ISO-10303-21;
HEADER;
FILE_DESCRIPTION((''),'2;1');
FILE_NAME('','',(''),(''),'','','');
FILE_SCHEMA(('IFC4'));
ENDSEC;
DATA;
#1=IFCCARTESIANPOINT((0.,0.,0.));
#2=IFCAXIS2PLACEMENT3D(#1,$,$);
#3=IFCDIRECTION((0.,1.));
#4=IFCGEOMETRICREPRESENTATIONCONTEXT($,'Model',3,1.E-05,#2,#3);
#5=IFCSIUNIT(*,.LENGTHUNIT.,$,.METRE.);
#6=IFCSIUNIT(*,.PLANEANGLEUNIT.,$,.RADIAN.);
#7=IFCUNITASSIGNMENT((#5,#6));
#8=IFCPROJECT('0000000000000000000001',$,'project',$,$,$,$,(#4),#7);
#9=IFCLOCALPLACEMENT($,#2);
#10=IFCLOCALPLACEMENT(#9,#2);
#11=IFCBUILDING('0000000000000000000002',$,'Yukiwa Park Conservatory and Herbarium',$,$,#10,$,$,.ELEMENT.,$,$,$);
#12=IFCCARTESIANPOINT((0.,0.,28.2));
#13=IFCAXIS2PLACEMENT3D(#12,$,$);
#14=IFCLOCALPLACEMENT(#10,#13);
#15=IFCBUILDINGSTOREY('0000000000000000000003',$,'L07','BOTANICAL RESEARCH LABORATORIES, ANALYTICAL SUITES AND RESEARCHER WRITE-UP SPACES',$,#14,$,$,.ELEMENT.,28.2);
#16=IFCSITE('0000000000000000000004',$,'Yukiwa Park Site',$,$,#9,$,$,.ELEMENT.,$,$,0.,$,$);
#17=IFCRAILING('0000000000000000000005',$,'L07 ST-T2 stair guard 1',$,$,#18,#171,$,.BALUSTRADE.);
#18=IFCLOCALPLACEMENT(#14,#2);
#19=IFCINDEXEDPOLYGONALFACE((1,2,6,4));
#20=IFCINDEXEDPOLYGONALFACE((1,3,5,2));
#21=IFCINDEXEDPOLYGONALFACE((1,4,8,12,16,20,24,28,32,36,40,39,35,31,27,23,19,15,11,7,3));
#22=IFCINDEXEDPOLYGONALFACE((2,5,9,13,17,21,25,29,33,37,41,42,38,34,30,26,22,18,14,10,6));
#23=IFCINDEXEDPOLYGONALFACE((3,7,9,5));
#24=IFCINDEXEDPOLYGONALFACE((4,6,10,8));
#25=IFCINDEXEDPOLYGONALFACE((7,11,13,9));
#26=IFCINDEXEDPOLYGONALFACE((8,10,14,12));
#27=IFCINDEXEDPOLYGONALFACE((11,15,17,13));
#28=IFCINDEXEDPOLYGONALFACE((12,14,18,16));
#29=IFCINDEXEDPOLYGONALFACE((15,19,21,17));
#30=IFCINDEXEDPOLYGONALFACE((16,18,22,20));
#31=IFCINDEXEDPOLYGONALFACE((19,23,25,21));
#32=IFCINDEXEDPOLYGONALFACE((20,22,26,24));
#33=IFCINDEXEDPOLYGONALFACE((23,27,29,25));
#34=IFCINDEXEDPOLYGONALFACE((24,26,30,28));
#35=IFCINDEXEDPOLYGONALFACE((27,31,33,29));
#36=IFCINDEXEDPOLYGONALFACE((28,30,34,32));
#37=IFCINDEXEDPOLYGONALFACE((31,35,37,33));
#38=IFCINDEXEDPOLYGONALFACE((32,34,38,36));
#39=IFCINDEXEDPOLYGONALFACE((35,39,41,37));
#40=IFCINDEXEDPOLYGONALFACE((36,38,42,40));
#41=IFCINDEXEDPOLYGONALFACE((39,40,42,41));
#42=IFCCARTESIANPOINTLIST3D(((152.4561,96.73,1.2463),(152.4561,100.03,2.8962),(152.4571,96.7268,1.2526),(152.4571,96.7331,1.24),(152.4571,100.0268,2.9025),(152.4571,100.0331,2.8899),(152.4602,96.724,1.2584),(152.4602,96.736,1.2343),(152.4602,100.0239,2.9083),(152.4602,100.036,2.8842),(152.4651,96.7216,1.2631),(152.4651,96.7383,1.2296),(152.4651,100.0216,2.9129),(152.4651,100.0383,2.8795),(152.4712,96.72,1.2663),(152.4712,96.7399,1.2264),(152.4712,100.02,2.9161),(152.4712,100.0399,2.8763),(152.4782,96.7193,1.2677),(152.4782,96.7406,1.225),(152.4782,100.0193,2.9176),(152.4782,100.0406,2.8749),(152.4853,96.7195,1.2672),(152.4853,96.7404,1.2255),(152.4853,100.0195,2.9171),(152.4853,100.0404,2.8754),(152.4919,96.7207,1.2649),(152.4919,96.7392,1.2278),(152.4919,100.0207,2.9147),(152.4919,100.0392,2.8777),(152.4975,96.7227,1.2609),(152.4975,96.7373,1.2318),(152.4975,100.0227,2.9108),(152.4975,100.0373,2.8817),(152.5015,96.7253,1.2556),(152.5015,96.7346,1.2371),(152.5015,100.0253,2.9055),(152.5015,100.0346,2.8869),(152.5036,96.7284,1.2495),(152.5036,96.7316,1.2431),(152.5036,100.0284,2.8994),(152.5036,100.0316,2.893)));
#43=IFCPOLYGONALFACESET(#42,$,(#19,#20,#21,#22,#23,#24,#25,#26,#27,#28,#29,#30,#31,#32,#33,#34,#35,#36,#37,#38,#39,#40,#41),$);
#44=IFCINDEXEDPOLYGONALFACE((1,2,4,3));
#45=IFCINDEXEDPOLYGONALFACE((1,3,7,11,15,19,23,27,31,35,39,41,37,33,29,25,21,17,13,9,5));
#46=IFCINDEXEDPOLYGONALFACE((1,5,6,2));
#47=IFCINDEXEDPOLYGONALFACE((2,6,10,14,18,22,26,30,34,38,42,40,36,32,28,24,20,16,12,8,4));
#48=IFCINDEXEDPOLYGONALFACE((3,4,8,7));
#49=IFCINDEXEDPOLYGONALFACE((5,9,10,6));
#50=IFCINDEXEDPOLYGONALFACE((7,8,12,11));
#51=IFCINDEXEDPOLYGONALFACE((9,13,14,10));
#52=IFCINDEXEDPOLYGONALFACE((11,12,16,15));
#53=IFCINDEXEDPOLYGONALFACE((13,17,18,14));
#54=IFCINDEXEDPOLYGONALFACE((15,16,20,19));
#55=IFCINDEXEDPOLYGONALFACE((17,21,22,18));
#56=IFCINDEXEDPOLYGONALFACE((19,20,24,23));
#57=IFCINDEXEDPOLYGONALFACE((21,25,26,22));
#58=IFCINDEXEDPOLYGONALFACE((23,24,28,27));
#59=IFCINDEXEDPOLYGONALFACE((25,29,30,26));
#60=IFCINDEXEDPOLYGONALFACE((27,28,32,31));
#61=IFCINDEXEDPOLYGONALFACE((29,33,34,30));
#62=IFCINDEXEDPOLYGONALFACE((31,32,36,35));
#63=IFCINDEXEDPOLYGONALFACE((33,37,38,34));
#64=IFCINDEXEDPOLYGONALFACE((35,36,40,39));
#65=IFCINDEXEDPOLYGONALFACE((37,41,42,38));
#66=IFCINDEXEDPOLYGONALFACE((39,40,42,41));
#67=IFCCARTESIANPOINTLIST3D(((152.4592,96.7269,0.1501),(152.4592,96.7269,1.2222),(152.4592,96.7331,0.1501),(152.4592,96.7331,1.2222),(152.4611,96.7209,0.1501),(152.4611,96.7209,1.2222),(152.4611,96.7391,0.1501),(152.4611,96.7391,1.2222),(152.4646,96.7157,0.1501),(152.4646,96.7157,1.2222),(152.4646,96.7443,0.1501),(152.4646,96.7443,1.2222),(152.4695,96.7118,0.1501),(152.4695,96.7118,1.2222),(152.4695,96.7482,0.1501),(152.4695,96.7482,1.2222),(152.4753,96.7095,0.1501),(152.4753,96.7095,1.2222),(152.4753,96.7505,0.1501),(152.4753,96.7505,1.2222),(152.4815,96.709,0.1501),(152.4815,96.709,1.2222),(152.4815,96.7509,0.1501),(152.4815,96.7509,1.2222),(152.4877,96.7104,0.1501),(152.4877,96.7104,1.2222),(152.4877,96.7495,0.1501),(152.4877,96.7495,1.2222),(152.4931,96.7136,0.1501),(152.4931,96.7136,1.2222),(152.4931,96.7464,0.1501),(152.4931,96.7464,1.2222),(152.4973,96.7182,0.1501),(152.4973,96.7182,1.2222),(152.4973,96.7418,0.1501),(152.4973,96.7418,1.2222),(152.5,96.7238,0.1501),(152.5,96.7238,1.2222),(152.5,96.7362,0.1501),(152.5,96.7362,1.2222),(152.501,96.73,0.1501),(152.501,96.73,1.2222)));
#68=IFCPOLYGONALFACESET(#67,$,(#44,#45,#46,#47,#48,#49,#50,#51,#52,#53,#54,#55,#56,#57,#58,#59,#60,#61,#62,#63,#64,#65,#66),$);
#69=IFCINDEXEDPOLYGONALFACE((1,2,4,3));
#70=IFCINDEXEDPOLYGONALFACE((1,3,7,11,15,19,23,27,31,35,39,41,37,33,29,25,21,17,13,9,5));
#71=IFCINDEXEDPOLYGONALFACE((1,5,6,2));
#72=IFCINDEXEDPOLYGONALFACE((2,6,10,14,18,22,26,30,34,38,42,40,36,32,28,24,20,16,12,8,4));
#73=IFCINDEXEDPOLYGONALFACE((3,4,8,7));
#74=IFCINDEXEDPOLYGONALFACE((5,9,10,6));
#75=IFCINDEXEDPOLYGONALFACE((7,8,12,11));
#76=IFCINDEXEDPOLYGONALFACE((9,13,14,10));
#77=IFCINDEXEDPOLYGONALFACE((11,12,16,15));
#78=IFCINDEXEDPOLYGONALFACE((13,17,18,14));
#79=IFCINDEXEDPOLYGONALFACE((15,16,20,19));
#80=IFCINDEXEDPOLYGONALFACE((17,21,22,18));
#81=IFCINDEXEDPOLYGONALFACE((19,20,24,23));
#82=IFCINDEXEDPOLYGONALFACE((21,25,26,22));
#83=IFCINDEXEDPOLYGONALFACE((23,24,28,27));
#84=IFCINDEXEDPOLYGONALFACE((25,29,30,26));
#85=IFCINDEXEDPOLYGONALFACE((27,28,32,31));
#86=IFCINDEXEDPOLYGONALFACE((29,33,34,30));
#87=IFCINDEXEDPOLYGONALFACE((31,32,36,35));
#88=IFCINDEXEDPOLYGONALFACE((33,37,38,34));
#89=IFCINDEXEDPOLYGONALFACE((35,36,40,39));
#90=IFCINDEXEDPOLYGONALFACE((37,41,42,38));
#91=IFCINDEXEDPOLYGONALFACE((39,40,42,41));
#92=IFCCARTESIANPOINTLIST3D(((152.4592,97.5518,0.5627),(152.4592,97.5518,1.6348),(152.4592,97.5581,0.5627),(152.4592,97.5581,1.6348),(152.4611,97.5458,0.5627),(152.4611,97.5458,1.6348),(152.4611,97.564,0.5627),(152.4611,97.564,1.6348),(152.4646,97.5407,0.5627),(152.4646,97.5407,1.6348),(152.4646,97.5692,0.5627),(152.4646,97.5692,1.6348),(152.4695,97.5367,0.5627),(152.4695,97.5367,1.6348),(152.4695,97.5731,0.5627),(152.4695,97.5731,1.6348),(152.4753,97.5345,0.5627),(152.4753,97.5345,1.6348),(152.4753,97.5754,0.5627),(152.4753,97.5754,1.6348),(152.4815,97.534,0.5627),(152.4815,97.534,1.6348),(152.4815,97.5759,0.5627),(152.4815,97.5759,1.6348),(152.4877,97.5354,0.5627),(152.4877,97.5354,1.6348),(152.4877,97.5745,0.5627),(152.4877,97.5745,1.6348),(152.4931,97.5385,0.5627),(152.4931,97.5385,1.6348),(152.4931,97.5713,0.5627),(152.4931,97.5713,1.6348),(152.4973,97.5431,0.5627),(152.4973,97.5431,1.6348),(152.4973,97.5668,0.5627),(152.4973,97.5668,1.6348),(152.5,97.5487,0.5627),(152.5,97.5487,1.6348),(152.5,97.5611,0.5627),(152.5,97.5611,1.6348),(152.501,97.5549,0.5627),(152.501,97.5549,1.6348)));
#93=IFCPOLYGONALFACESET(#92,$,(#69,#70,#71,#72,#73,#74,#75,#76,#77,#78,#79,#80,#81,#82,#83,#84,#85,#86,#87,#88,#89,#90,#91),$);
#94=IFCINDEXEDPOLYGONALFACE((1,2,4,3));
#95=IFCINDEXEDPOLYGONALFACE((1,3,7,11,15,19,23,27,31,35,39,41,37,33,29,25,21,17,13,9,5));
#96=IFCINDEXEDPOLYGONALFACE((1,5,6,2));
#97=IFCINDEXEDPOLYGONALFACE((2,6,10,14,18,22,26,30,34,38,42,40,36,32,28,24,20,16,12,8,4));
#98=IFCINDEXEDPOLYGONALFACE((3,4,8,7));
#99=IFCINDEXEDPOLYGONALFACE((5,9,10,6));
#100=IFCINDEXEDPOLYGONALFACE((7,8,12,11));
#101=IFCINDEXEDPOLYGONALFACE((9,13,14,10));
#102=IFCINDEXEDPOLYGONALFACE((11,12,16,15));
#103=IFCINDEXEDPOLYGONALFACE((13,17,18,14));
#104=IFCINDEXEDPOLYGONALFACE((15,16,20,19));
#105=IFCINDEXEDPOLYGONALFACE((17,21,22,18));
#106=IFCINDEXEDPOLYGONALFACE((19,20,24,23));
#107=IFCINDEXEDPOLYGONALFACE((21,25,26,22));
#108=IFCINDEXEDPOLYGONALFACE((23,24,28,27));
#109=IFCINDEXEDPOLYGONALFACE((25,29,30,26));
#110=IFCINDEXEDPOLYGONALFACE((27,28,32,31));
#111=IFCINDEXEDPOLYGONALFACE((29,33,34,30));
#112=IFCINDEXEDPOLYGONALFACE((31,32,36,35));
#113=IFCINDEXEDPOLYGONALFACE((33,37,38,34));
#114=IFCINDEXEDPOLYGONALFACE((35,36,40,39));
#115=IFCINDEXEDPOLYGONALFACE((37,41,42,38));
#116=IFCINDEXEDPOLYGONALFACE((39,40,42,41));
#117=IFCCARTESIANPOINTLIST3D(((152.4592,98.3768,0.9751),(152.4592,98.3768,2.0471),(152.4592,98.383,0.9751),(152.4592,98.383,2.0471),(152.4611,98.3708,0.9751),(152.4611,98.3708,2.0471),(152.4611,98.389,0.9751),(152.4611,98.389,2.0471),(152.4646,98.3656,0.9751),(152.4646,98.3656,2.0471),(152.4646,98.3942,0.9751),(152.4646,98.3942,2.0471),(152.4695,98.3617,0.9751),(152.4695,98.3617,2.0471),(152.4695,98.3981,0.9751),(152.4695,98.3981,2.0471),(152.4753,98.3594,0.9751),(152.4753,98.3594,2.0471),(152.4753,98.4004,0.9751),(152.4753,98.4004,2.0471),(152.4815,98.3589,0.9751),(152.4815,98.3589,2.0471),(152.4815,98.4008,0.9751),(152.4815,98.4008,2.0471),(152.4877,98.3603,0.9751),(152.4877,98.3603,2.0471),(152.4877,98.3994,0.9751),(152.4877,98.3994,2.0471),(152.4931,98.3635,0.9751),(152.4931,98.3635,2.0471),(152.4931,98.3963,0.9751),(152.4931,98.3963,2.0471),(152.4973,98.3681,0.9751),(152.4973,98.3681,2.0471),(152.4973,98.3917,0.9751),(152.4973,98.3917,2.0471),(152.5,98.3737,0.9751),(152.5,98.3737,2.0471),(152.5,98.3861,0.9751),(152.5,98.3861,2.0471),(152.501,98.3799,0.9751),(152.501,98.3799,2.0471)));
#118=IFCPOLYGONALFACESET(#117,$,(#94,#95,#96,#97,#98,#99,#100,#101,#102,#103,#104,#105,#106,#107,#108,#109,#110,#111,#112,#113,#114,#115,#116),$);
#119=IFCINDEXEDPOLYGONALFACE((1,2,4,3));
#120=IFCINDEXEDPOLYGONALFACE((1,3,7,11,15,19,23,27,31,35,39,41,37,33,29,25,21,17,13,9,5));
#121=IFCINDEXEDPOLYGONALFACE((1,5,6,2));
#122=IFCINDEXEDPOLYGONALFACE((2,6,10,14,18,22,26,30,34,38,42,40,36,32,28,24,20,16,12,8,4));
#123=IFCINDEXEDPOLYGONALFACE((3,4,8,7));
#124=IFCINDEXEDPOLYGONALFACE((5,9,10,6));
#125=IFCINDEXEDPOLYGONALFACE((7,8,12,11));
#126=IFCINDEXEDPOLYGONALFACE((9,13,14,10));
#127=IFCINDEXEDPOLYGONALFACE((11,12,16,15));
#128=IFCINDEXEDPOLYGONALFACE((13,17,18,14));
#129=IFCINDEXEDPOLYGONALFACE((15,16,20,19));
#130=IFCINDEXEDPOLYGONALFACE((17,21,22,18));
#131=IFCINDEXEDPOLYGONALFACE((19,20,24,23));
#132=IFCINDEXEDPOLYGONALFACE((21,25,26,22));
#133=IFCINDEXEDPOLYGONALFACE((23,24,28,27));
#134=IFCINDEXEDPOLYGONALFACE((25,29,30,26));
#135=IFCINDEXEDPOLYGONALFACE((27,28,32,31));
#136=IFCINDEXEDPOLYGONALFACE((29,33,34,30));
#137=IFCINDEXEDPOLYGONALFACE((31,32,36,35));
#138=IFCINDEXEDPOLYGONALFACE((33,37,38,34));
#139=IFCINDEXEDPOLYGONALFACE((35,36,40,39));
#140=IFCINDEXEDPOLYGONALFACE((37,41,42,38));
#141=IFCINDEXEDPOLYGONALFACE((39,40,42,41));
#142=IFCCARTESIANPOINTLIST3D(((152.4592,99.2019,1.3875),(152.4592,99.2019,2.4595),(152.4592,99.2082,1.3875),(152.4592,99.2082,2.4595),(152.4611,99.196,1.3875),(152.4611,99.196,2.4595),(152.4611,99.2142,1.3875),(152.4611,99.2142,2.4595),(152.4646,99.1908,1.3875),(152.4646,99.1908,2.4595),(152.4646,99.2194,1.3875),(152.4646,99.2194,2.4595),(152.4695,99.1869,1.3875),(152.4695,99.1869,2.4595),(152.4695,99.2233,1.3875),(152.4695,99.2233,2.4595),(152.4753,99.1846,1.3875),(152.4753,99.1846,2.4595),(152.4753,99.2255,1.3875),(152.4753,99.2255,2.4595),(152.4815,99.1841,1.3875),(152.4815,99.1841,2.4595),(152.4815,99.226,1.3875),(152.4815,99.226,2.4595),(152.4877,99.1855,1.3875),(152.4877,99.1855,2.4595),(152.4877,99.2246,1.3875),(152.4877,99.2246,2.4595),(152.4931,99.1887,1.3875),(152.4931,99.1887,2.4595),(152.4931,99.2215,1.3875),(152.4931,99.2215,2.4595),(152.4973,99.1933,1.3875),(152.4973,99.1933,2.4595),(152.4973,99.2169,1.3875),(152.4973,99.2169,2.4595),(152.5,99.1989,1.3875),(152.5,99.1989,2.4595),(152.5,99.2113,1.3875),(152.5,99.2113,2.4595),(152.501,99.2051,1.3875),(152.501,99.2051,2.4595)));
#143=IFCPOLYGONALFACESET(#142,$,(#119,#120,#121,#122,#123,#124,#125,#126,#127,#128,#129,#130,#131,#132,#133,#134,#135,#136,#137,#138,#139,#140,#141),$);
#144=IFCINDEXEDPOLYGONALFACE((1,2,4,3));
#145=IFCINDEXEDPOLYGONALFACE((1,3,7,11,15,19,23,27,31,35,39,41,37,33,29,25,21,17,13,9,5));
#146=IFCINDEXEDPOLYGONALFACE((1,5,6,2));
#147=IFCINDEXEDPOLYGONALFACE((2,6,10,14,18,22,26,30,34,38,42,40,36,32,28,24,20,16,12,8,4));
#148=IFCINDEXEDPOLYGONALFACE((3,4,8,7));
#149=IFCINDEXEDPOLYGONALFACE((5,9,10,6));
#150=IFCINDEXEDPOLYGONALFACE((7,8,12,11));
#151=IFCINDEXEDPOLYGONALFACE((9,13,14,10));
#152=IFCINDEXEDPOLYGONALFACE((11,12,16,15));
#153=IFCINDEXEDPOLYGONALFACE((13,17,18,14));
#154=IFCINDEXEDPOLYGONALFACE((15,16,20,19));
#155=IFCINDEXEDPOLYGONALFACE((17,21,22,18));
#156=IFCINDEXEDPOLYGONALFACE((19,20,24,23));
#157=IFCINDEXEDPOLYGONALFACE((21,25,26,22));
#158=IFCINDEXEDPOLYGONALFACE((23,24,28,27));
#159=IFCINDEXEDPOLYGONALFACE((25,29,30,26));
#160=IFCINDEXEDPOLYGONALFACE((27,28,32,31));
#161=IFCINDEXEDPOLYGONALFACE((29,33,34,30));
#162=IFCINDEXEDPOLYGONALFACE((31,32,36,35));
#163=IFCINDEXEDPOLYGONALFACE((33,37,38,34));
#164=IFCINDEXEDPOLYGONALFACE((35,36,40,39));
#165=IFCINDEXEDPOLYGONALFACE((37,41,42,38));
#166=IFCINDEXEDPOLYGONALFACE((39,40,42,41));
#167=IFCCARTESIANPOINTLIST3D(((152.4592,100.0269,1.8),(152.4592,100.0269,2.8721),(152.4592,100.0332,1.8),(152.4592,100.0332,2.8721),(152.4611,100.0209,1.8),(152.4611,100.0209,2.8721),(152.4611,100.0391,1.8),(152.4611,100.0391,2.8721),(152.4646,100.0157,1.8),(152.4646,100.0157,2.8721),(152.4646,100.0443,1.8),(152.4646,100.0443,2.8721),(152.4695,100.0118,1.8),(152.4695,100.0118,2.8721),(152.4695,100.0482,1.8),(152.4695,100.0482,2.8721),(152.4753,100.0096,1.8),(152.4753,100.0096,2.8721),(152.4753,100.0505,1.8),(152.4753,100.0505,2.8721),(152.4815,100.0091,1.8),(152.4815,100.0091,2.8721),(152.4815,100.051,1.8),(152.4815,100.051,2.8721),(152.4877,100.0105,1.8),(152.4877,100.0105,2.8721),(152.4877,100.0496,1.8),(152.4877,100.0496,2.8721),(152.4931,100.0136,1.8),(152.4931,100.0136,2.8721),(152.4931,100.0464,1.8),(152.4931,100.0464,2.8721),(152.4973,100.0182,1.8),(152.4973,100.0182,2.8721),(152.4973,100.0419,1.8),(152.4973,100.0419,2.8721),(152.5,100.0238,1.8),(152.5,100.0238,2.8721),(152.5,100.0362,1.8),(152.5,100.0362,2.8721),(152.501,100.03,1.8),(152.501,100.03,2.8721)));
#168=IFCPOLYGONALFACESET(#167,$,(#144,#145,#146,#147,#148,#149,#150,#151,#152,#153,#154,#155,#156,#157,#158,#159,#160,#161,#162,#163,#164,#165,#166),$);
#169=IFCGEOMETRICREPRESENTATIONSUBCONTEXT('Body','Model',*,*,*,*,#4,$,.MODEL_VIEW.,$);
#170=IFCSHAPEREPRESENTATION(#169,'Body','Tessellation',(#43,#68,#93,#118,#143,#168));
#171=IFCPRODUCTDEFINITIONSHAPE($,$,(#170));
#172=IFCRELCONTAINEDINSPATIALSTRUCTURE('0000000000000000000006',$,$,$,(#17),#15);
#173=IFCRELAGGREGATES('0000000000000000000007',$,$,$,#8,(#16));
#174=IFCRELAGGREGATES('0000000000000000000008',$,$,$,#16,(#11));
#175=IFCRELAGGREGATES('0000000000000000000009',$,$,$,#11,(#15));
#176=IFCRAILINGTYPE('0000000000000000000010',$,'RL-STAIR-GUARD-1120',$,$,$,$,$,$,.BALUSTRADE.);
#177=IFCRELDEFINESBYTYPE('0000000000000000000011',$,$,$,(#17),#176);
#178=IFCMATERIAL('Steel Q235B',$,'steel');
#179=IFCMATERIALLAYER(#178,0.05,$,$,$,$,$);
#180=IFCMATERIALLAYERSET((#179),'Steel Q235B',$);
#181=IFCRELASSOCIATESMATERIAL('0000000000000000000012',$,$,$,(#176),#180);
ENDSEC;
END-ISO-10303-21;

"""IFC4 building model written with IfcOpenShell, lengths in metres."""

from ifc_helpers import new_model, si_unit, direction, frame, origin, origin_2d, place, context, subcontext, project, spatial, circle, extrude, material, layer, layer_set, type_object, element, save


model = new_model("IFC4")

# Units and contexts
model_context = context("Model", 3, precision=1e-05, world=origin(), true_north=direction((0.0, 1.0)))
body_context = subcontext(model_context, "Body", "Model", "MODEL_VIEW")
ifc_project = project(units=[si_unit("LENGTHUNIT", "METRE"), si_unit("PLANEANGLEUNIT", "RADIAN")], contexts=[model_context])

# Site, building, storey
site_placement = place(None, origin())
site = spatial("IfcSite", under=ifc_project, at=site_placement, Name="Yukiwa Park Site", CompositionType="ELEMENT", RefElevation=0.0)
building_placement = place(site_placement, origin())
building = spatial("IfcBuilding", under=site, at=building_placement, Name="Yukiwa Park Conservatory and Herbarium", CompositionType="ELEMENT")
storey_placement = place(building_placement, frame((0.0, 0.0, 28.2)))
storey = spatial("IfcBuildingStorey", under=building, at=storey_placement, Name="L07", Description="BOTANICAL RESEARCH LABORATORIES, ANALYTICAL SUITES AND RESEARCHER WRITE-UP SPACES", CompositionType="ELEMENT", Elevation=28.2)

# Railing
ifc_material_1 = material(Name="Steel Q235B", Category="steel")
ifc_layer_1 = layer(ifc_material_1, 0.05)
ifc_layer_set_1 = layer_set([ifc_layer_1], Name="Steel Q235B")
railing_type_1 = type_object("IfcRailingType", Name="RL-STAIR-GUARD-1120", PredefinedType="BALUSTRADE", material=ifc_layer_set_1)
railing_1_placement = place(storey_placement, frame((152.48, 96.73, 0.1501)))
element("IfcRailing", 1, at=railing_1_placement, inside=storey, type_object=railing_type_1, Name="L07 ST-T2 stair guard 1", PredefinedType="BALUSTRADE", context=body_context, shape_type="SweptSolid", body=[
    extrude(circle(Radius=0.0239, at=origin_2d()), frame((0.0, 0.0, 1.0962), z_axis=(0.0, 0.89444, 0.447187), x_axis=(-1.0, 0.0, 0.0)), (0.0, 0.0, 1.0), 3.6895),
    extrude(circle(Radius=0.021, at=origin_2d()), origin(), (0.0, 0.0, 1.0), 1.072),
    extrude(circle(Radius=0.021, at=origin_2d()), frame((0.0, 0.825, 0.4126)), (0.0, 0.0, 1.0), 1.072),
    extrude(circle(Radius=0.021, at=origin_2d()), frame((0.0, 1.6499, 0.825)), (0.0, 0.0, 1.0), 1.072),
    extrude(circle(Radius=0.021, at=origin_2d()), frame((0.0, 2.4751, 1.2373)), (0.0, 0.0, 1.0), 1.072),
    extrude(circle(Radius=0.021, at=origin_2d()), frame((0.0, 3.3, 1.6499)), (0.0, 0.0, 1.0), 1.072),
])

save(model, "model.ifc")
